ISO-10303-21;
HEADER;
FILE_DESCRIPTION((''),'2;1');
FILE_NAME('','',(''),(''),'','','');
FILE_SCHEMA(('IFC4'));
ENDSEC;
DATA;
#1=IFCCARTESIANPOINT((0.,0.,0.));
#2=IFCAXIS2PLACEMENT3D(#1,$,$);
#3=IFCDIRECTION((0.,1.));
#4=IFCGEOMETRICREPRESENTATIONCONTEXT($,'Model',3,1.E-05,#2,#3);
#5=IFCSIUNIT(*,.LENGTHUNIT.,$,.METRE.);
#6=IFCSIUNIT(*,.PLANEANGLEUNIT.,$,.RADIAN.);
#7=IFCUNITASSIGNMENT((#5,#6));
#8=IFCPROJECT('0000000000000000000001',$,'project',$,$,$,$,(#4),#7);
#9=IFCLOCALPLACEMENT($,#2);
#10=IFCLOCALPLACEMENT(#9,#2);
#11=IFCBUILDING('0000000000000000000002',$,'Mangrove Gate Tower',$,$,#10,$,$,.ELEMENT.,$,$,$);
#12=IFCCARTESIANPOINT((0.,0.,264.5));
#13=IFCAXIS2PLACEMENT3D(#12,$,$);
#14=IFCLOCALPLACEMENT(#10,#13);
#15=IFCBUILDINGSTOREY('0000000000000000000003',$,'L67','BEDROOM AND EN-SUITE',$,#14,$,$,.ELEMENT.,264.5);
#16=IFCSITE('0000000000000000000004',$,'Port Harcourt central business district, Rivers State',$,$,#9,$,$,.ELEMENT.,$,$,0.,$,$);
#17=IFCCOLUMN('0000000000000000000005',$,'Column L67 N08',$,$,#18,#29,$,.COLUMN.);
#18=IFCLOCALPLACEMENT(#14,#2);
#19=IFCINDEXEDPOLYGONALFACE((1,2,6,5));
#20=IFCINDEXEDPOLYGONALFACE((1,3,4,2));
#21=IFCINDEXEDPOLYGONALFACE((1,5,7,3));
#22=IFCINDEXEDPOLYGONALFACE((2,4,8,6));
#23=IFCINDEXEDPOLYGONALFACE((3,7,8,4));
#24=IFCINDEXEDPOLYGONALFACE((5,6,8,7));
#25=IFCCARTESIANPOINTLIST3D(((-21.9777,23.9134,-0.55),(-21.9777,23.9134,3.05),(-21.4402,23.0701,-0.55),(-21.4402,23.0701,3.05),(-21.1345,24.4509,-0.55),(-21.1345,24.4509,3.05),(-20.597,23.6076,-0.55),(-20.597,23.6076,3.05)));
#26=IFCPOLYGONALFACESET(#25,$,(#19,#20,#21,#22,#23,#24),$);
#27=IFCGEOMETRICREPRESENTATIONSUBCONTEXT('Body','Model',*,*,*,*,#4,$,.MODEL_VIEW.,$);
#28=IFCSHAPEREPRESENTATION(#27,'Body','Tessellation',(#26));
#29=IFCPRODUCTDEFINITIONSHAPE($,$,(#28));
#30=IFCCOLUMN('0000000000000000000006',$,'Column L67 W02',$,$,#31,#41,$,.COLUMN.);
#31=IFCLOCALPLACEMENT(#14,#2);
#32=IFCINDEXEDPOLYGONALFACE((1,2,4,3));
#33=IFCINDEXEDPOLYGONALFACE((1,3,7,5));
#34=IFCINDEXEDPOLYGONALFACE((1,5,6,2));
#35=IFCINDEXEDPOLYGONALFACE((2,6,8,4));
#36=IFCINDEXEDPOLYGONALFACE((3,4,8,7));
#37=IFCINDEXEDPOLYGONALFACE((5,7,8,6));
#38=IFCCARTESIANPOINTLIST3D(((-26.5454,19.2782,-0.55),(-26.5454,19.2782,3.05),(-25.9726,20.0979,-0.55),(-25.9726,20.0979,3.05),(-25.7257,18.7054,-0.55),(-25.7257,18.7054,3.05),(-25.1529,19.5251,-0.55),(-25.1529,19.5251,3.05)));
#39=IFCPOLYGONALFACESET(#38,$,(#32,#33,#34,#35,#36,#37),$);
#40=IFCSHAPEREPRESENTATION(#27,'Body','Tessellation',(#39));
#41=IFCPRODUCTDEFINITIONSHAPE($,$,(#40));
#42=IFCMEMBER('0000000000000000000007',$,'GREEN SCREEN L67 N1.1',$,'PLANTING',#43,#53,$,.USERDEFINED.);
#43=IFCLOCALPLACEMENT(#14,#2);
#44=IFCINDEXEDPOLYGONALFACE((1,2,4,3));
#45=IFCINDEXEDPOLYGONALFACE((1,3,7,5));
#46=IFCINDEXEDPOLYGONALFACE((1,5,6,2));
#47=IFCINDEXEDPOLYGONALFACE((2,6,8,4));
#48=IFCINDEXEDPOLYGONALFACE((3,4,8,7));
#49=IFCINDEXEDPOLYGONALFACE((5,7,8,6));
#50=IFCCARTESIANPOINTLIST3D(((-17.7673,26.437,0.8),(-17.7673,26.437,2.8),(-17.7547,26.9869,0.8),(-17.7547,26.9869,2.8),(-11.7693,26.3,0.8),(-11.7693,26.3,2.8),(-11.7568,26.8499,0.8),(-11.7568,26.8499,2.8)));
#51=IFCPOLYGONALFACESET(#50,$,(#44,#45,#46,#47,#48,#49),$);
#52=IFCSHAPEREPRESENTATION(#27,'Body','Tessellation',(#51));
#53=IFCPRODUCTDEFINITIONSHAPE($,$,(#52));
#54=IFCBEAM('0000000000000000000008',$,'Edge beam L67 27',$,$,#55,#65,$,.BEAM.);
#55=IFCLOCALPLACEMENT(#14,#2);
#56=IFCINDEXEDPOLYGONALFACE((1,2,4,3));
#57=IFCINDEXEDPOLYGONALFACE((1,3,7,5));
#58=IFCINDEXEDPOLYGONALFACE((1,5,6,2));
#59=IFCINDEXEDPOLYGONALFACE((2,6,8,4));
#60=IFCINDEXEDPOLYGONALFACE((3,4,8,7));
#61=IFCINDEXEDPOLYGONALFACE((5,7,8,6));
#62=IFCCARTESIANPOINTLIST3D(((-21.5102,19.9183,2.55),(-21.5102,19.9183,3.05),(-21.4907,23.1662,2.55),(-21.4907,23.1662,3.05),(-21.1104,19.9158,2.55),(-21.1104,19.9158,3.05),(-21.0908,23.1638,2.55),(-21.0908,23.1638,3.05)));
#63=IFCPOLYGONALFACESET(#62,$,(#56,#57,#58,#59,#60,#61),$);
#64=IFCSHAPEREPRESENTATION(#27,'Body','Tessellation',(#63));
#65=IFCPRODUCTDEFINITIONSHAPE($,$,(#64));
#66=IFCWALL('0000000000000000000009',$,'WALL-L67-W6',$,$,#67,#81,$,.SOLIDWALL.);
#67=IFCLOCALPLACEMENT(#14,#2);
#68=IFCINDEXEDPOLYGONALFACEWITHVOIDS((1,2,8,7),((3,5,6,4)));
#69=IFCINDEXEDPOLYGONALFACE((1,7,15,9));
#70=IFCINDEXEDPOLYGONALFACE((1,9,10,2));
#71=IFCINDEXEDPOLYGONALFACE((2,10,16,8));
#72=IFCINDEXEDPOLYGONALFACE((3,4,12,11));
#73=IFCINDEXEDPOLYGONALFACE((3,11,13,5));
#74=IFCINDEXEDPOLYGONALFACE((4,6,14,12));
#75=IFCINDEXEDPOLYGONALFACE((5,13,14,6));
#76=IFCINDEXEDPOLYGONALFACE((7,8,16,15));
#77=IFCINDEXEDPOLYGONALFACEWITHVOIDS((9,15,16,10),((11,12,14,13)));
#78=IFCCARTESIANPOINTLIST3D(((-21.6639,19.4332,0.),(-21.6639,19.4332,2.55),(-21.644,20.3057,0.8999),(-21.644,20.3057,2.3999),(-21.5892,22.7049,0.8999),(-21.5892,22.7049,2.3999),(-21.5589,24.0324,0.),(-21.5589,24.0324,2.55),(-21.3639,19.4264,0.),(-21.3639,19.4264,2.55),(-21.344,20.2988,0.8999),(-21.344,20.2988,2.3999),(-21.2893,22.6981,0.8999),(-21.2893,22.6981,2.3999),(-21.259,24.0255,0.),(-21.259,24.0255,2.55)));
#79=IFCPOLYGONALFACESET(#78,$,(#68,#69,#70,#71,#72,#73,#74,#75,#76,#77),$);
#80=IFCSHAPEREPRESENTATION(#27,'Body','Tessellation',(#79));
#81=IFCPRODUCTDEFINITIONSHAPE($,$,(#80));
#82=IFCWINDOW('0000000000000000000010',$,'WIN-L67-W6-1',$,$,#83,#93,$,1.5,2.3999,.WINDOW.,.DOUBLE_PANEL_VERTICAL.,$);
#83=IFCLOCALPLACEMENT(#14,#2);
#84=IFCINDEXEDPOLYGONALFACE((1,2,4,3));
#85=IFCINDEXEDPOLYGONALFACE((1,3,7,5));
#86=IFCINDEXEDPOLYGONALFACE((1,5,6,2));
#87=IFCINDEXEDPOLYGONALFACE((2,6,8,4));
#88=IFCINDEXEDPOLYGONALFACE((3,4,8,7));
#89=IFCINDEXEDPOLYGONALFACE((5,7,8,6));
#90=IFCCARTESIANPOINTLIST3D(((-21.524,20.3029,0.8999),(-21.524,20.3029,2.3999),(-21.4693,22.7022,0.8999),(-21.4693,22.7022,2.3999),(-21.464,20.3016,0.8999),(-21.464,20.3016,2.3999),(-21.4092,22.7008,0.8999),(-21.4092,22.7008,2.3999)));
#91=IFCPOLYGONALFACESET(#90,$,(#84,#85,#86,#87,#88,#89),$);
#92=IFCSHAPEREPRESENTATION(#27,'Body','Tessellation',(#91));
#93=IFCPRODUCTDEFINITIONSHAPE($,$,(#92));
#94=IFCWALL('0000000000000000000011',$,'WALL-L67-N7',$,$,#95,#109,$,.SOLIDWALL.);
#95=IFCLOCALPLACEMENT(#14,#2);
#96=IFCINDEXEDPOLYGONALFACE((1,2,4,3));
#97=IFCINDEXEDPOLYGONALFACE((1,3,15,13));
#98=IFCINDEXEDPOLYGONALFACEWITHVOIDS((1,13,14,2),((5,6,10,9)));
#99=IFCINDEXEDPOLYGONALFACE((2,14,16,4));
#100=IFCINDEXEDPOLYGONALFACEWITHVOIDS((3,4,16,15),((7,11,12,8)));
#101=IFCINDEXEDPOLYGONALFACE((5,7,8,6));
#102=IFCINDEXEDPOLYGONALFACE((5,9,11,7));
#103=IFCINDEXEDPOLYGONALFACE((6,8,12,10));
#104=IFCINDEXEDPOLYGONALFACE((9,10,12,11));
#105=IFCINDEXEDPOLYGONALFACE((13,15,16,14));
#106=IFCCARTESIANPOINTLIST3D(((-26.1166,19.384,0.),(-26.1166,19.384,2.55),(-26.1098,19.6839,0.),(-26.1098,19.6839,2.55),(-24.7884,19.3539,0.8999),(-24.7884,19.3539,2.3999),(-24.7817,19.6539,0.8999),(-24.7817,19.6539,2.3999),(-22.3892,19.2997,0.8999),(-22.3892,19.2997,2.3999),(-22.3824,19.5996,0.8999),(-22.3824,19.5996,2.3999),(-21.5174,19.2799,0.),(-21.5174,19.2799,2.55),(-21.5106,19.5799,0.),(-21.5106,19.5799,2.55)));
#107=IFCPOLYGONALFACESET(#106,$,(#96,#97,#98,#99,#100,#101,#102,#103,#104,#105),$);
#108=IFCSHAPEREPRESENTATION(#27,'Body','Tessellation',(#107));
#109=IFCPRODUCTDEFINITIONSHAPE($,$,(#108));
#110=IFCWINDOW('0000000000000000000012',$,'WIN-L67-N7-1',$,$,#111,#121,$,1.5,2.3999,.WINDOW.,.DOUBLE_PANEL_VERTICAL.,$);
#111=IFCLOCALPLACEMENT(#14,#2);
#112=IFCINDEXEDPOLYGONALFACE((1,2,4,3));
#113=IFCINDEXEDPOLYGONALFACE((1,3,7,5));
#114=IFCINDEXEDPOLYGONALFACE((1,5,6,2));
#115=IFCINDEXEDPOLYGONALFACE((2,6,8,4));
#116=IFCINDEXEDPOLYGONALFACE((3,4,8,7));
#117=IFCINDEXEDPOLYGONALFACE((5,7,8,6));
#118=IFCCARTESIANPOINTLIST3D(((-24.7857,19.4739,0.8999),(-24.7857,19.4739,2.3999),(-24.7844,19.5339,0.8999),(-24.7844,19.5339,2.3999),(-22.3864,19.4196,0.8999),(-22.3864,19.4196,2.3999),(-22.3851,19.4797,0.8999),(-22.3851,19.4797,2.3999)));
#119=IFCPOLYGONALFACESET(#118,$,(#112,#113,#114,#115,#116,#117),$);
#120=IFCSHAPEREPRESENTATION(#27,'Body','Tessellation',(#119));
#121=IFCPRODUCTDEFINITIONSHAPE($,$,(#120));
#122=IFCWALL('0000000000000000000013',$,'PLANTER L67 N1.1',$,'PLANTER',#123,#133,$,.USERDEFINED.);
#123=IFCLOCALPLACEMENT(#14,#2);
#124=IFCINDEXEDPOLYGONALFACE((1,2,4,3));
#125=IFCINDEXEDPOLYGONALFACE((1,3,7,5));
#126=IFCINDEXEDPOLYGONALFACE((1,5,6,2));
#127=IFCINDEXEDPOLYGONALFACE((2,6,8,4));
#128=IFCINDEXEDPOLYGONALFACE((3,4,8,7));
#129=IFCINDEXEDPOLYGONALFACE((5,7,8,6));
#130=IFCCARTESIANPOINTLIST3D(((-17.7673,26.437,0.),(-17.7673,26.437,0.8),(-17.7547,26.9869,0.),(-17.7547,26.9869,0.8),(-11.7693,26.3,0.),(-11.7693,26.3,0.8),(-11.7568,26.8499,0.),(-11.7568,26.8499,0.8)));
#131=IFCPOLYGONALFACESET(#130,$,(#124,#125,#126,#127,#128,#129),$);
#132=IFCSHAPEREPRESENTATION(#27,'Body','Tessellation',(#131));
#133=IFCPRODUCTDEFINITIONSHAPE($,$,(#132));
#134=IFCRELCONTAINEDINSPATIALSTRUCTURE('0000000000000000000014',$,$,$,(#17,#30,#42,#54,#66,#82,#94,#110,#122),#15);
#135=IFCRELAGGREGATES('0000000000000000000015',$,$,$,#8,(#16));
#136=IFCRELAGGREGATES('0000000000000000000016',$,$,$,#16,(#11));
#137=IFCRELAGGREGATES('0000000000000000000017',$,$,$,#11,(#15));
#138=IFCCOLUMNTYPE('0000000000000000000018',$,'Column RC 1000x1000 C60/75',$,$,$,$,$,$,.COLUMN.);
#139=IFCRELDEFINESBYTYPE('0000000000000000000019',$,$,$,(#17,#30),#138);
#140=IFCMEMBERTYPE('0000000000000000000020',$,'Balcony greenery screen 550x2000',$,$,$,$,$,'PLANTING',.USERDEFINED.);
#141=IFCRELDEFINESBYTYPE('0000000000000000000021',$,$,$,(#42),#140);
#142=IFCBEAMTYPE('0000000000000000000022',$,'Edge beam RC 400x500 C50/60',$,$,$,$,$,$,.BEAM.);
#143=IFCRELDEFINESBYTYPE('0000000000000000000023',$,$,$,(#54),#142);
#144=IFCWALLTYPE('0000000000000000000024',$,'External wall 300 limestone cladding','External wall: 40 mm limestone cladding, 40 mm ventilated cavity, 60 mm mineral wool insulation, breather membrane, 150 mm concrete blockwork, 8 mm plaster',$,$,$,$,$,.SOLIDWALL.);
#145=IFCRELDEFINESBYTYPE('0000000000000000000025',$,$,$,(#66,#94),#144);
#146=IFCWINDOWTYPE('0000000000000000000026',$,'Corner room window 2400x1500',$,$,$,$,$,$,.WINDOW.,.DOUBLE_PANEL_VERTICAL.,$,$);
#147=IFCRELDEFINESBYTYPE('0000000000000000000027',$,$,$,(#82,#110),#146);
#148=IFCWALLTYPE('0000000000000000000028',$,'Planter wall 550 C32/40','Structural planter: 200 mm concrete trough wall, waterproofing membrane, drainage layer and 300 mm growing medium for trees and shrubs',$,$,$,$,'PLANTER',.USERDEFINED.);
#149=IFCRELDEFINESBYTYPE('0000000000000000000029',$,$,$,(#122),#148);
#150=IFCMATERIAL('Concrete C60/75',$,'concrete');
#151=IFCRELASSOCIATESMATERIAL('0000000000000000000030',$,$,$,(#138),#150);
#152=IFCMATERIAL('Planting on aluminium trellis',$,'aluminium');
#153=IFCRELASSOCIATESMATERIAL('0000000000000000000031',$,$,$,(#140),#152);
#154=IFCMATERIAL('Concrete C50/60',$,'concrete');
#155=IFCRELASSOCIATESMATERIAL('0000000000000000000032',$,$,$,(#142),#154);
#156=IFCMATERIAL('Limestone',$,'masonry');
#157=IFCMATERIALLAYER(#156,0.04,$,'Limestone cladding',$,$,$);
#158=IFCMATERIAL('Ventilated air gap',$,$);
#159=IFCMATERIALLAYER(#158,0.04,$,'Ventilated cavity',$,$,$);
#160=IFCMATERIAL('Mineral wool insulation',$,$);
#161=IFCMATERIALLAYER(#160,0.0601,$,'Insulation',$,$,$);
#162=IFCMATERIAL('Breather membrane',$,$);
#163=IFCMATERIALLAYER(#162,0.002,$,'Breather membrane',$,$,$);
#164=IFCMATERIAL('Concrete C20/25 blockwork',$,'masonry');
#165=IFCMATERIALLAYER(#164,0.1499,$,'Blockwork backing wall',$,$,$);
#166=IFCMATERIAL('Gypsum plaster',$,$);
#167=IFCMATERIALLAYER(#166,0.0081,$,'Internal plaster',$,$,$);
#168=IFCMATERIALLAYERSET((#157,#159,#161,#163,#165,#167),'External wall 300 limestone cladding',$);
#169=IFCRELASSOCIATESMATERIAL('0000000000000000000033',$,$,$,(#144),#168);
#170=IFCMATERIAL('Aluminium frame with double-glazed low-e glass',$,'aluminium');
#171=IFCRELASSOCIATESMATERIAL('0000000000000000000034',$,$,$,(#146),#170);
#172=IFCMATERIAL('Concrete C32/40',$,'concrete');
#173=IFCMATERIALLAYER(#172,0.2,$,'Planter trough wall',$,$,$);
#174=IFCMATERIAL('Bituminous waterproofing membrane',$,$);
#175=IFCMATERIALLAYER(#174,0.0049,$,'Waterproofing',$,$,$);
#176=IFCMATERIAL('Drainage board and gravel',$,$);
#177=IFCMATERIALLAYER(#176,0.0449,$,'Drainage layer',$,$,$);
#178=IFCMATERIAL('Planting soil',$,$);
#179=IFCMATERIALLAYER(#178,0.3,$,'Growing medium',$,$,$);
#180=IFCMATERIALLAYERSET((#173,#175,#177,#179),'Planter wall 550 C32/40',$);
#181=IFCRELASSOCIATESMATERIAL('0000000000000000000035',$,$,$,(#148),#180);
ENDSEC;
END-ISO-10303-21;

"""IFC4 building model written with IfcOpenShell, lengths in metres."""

from ifc_helpers import new_model, si_unit, direction, frame, frame_2d, origin, origin_2d, place, context, subcontext, project, spatial, rectangle, extrude, material, layer, layer_set, material_profile, profile_set, type_object, element, fill, save


model = new_model("IFC4")

# Units and contexts
model_context = context("Model", 3, precision=1e-05, world=origin(), true_north=direction((0.0, 1.0)))
body_context = subcontext(model_context, "Body", "Model", "MODEL_VIEW")
ifc_project = project(units=[si_unit("LENGTHUNIT", "METRE"), si_unit("PLANEANGLEUNIT", "RADIAN")], contexts=[model_context])

# Site, building, storey
site_placement = place(None, origin())
site = spatial("IfcSite", under=ifc_project, at=site_placement, Name="Port Harcourt central business district, Rivers State", CompositionType="ELEMENT", RefElevation=0.0)
building_placement = place(site_placement, origin())
building = spatial("IfcBuilding", under=site, at=building_placement, Name="Mangrove Gate Tower", CompositionType="ELEMENT")
storey_placement = place(building_placement, frame((0.0, 0.0, 264.5)))
storey = spatial("IfcBuildingStorey", under=building, at=storey_placement, Name="L67", Description="BEDROOM AND EN-SUITE", CompositionType="ELEMENT", Elevation=264.5)

# Columns
ifc_material_1 = material(Name="Concrete C60/75", Category="concrete")
ifc_material_profile_1 = material_profile(ifc_material_1, rectangle(XDim=1.0, YDim=1.0, at=origin_2d()))
ifc_profile_set_1 = profile_set([ifc_material_profile_1], Name="Concrete C60/75")
column_type = type_object("IfcColumnType", Name="Column RC 1000x1000 C60/75", PredefinedType="COLUMN", material=ifc_profile_set_1)
for number, where, z_axis, x_axis, name in (
    (1, (-21.2874, 23.7605, -0.55), (0.0, 0.0, 1.0), (-0.843248, -0.537525, 0.0), "Column L67 N08"),
    (2, (-25.8491, 19.4016, -0.55), (0.0, 0.0, 1.0), (-0.572799, -0.819696, 0.0), "Column L67 W02"),
):
    element("IfcColumn", number, at=place(storey_placement, frame(where, z_axis=z_axis, x_axis=x_axis)), inside=storey, type_object=column_type, Name=name, PredefinedType="COLUMN", context=body_context, shape_type="SweptSolid", body=[
        extrude(rectangle(XDim=1.0, YDim=1.0, at=origin_2d()), origin(), (0.0, 0.0, 1.0), 3.6001),
    ])

# Member
ifc_material_2 = material(Name="Planting on aluminium trellis", Category="aluminium")
ifc_material_profile_2 = material_profile(ifc_material_2, rectangle(XDim=0.55, YDim=2.0, at=origin_2d()))
ifc_profile_set_2 = profile_set([ifc_material_profile_2], Name="Planting on aluminium trellis")
member_type = type_object("IfcMemberType", Name="Balcony greenery screen 550x2000", ElementType="PLANTING", PredefinedType="USERDEFINED", material=ifc_profile_set_2)
member_placement = place(storey_placement, frame((-17.761, 26.7119, 1.8), z_axis=(0.999739, -0.022829, 0.0), x_axis=(0.022829, 0.999739, 0.0)))
element("IfcMember", 3, at=member_placement, inside=storey, type_object=member_type, Name="GREEN SCREEN L67 N1.1", ObjectType="PLANTING", PredefinedType="USERDEFINED", context=body_context, shape_type="SweptSolid", body=[
    extrude(rectangle(XDim=0.55, YDim=2.0, at=origin_2d()), origin(), (0.0, 0.0, 1.0), 5.9995),
])

# Beam
ifc_material_3 = material(Name="Concrete C50/60", Category="concrete")
ifc_material_profile_3 = material_profile(ifc_material_3, rectangle(XDim=0.3999, YDim=0.5, at=origin_2d()))
ifc_profile_set_3 = profile_set([ifc_material_profile_3], Name="Concrete C50/60")
beam_type = type_object("IfcBeamType", Name="Edge beam RC 400x500 C50/60", PredefinedType="BEAM", material=ifc_profile_set_3)
beam_placement = place(storey_placement, frame((-21.2908, 23.165, 2.8), z_axis=(-0.006013, -0.999982, 0.0), x_axis=(0.999982, -0.006013, 0.0)))
element("IfcBeam", 4, at=beam_placement, inside=storey, type_object=beam_type, Name="Edge beam L67 27", PredefinedType="BEAM", context=body_context, shape_type="SweptSolid", body=[
    extrude(rectangle(XDim=0.3999, YDim=0.5, at=origin_2d()), origin(), (0.0, 0.0, 1.0), 3.248),
])

# Walls, openings, windows
ifc_material_4 = material(Name="Limestone", Category="masonry")
ifc_layer_1 = layer(ifc_material_4, 0.04, Name="Limestone cladding")
ifc_material_5 = material(Name="Ventilated air gap")
ifc_layer_2 = layer(ifc_material_5, 0.04, Name="Ventilated cavity")
ifc_material_6 = material(Name="Mineral wool insulation")
ifc_layer_3 = layer(ifc_material_6, 0.0601, Name="Insulation")
ifc_material_7 = material(Name="Breather membrane")
ifc_layer_4 = layer(ifc_material_7, 0.002, Name="Breather membrane")
ifc_material_8 = material(Name="Concrete C20/25 blockwork", Category="masonry")
ifc_layer_5 = layer(ifc_material_8, 0.1499, Name="Blockwork backing wall")
ifc_material_9 = material(Name="Gypsum plaster")
ifc_layer_6 = layer(ifc_material_9, 0.0081, Name="Internal plaster")
ifc_layer_set_1 = layer_set([ifc_layer_1, ifc_layer_2, ifc_layer_3, ifc_layer_4, ifc_layer_5, ifc_layer_6], Name="External wall 300 limestone cladding")
wall_type_1 = type_object("IfcWallType", Name="External wall 300 limestone cladding", Description="External wall: 40 mm limestone cladding, 40 mm ventilated cavity, 60 mm mineral wool insulation, breather membrane, 150 mm concrete blockwork, 8 mm plaster", PredefinedType="SOLIDWALL", material=ifc_layer_set_1)
wall_1_placement = place(storey_placement, frame((-21.4089, 24.0291, 0.0), z_axis=(0.0, 0.0, 1.0), x_axis=(-0.02282, -0.99974, 0.0)))
wall_1 = element("IfcWall", 5, at=wall_1_placement, inside=storey, type_object=wall_type_1, Name="WALL-L67-W6", PredefinedType="SOLIDWALL", context=body_context, shape_type="SweptSolid", body=[
    extrude(rectangle(XDim=4.6003, YDim=0.3, at=frame_2d((2.3003, 0.0))), origin(), (0.0, 0.0, 1.0), 2.55),
])
opening_1_placement = place(wall_1_placement, frame((1.3279, 0.0, 0.8999)))
opening_1 = element("IfcOpeningElement", 6, at=opening_1_placement, cuts=wall_1, PredefinedType="OPENING", context=body_context, shape_type="SweptSolid", body=[
    extrude(rectangle(XDim=2.3999, YDim=1.5, at=frame_2d((1.2, 0.75))), frame((0.0, 0.1599, 0.0), z_axis=(0.0, -1.0, 0.0), x_axis=(1.0, 0.0, 0.0)), (0.0, 0.0, 1.0), 0.3201),
])
ifc_material_10 = material(Name="Aluminium frame with double-glazed low-e glass", Category="aluminium")
window_type = type_object("IfcWindowType", Name="Corner room window 2400x1500", PartitioningType="DOUBLE_PANEL_VERTICAL", PredefinedType="WINDOW", material=ifc_material_10)
window_1_placement = place(opening_1_placement, origin())
window_1 = element("IfcWindow", 7, at=window_1_placement, inside=storey, type_object=window_type, Name="WIN-L67-W6-1", OverallHeight=1.5, OverallWidth=2.3999, PartitioningType="DOUBLE_PANEL_VERTICAL", PredefinedType="WINDOW", context=body_context, shape_type="SweptSolid", body=[
    extrude(rectangle(XDim=2.3999, YDim=1.5, at=frame_2d((1.2, 0.75))), frame((0.0, 0.03, 0.0), z_axis=(0.0, -1.0, 0.0), x_axis=(1.0, 0.0, 0.0)), (0.0, 0.0, 1.0), 0.0601),
])
fill(opening_1, window_1)
wall_2_placement = place(storey_placement, frame((-21.5139, 19.4299, 0.0), z_axis=(0.0, 0.0, 1.0), x_axis=(-0.999744, 0.022608, 0.0)))
wall_2 = element("IfcWall", 8, at=wall_2_placement, inside=storey, type_object=wall_type_1, Name="WALL-L67-N7", PredefinedType="SOLIDWALL", context=body_context, shape_type="SweptSolid", body=[
    extrude(rectangle(XDim=4.6003, YDim=0.3, at=frame_2d((2.3003, 0.0))), origin(), (0.0, 0.0, 1.0), 2.55),
])
opening_2_placement = place(wall_2_placement, frame((0.8721, 0.0, 0.8999)))
opening_2 = element("IfcOpeningElement", 9, at=opening_2_placement, cuts=wall_2, PredefinedType="OPENING", context=body_context, shape_type="SweptSolid", body=[
    extrude(rectangle(XDim=2.3999, YDim=1.5, at=frame_2d((1.2, 0.75))), frame((0.0, 0.1599, 0.0), z_axis=(0.0, -1.0, 0.0), x_axis=(1.0, 0.0, 0.0)), (0.0, 0.0, 1.0), 0.3201),
])
window_2_placement = place(opening_2_placement, origin())
window_2 = element("IfcWindow", 10, at=window_2_placement, inside=storey, type_object=window_type, Name="WIN-L67-N7-1", OverallHeight=1.5, OverallWidth=2.3999, PartitioningType="DOUBLE_PANEL_VERTICAL", PredefinedType="WINDOW", context=body_context, shape_type="SweptSolid", body=[
    extrude(rectangle(XDim=2.3999, YDim=1.5, at=frame_2d((1.2, 0.75))), frame((0.0, 0.03, 0.0), z_axis=(0.0, -1.0, 0.0), x_axis=(1.0, 0.0, 0.0)), (0.0, 0.0, 1.0), 0.0601),
])
fill(opening_2, window_2)

# Wall
ifc_material_11 = material(Name="Concrete C32/40", Category="concrete")
ifc_layer_7 = layer(ifc_material_11, 0.2, Name="Planter trough wall")
ifc_material_12 = material(Name="Bituminous waterproofing membrane")
ifc_layer_8 = layer(ifc_material_12, 0.0049, Name="Waterproofing")
ifc_material_13 = material(Name="Drainage board and gravel")
ifc_layer_9 = layer(ifc_material_13, 0.0449, Name="Drainage layer")
ifc_material_14 = material(Name="Planting soil")
ifc_layer_10 = layer(ifc_material_14, 0.3, Name="Growing medium")
ifc_layer_set_2 = layer_set([ifc_layer_7, ifc_layer_8, ifc_layer_9, ifc_layer_10], Name="Planter wall 550 C32/40")
wall_type_2 = type_object("IfcWallType", Name="Planter wall 550 C32/40", Description="Structural planter: 200 mm concrete trough wall, waterproofing membrane, drainage layer and 300 mm growing medium for trees and shrubs", ElementType="PLANTER", PredefinedType="USERDEFINED", material=ifc_layer_set_2)
wall_3_placement = place(storey_placement, frame((-17.761, 26.7119, 0.0), z_axis=(0.0, 0.0, 1.0), x_axis=(0.999739, -0.022829, 0.0)))
element("IfcWall", 11, at=wall_3_placement, inside=storey, type_object=wall_type_2, Name="PLANTER L67 N1.1", ObjectType="PLANTER", PredefinedType="USERDEFINED", context=body_context, shape_type="SweptSolid", body=[
    extrude(rectangle(XDim=5.9995, YDim=0.55, at=frame_2d((2.9998, 0.0))), origin(), (0.0, 0.0, 1.0), 0.8),
])

save(model, "model.ifc")
